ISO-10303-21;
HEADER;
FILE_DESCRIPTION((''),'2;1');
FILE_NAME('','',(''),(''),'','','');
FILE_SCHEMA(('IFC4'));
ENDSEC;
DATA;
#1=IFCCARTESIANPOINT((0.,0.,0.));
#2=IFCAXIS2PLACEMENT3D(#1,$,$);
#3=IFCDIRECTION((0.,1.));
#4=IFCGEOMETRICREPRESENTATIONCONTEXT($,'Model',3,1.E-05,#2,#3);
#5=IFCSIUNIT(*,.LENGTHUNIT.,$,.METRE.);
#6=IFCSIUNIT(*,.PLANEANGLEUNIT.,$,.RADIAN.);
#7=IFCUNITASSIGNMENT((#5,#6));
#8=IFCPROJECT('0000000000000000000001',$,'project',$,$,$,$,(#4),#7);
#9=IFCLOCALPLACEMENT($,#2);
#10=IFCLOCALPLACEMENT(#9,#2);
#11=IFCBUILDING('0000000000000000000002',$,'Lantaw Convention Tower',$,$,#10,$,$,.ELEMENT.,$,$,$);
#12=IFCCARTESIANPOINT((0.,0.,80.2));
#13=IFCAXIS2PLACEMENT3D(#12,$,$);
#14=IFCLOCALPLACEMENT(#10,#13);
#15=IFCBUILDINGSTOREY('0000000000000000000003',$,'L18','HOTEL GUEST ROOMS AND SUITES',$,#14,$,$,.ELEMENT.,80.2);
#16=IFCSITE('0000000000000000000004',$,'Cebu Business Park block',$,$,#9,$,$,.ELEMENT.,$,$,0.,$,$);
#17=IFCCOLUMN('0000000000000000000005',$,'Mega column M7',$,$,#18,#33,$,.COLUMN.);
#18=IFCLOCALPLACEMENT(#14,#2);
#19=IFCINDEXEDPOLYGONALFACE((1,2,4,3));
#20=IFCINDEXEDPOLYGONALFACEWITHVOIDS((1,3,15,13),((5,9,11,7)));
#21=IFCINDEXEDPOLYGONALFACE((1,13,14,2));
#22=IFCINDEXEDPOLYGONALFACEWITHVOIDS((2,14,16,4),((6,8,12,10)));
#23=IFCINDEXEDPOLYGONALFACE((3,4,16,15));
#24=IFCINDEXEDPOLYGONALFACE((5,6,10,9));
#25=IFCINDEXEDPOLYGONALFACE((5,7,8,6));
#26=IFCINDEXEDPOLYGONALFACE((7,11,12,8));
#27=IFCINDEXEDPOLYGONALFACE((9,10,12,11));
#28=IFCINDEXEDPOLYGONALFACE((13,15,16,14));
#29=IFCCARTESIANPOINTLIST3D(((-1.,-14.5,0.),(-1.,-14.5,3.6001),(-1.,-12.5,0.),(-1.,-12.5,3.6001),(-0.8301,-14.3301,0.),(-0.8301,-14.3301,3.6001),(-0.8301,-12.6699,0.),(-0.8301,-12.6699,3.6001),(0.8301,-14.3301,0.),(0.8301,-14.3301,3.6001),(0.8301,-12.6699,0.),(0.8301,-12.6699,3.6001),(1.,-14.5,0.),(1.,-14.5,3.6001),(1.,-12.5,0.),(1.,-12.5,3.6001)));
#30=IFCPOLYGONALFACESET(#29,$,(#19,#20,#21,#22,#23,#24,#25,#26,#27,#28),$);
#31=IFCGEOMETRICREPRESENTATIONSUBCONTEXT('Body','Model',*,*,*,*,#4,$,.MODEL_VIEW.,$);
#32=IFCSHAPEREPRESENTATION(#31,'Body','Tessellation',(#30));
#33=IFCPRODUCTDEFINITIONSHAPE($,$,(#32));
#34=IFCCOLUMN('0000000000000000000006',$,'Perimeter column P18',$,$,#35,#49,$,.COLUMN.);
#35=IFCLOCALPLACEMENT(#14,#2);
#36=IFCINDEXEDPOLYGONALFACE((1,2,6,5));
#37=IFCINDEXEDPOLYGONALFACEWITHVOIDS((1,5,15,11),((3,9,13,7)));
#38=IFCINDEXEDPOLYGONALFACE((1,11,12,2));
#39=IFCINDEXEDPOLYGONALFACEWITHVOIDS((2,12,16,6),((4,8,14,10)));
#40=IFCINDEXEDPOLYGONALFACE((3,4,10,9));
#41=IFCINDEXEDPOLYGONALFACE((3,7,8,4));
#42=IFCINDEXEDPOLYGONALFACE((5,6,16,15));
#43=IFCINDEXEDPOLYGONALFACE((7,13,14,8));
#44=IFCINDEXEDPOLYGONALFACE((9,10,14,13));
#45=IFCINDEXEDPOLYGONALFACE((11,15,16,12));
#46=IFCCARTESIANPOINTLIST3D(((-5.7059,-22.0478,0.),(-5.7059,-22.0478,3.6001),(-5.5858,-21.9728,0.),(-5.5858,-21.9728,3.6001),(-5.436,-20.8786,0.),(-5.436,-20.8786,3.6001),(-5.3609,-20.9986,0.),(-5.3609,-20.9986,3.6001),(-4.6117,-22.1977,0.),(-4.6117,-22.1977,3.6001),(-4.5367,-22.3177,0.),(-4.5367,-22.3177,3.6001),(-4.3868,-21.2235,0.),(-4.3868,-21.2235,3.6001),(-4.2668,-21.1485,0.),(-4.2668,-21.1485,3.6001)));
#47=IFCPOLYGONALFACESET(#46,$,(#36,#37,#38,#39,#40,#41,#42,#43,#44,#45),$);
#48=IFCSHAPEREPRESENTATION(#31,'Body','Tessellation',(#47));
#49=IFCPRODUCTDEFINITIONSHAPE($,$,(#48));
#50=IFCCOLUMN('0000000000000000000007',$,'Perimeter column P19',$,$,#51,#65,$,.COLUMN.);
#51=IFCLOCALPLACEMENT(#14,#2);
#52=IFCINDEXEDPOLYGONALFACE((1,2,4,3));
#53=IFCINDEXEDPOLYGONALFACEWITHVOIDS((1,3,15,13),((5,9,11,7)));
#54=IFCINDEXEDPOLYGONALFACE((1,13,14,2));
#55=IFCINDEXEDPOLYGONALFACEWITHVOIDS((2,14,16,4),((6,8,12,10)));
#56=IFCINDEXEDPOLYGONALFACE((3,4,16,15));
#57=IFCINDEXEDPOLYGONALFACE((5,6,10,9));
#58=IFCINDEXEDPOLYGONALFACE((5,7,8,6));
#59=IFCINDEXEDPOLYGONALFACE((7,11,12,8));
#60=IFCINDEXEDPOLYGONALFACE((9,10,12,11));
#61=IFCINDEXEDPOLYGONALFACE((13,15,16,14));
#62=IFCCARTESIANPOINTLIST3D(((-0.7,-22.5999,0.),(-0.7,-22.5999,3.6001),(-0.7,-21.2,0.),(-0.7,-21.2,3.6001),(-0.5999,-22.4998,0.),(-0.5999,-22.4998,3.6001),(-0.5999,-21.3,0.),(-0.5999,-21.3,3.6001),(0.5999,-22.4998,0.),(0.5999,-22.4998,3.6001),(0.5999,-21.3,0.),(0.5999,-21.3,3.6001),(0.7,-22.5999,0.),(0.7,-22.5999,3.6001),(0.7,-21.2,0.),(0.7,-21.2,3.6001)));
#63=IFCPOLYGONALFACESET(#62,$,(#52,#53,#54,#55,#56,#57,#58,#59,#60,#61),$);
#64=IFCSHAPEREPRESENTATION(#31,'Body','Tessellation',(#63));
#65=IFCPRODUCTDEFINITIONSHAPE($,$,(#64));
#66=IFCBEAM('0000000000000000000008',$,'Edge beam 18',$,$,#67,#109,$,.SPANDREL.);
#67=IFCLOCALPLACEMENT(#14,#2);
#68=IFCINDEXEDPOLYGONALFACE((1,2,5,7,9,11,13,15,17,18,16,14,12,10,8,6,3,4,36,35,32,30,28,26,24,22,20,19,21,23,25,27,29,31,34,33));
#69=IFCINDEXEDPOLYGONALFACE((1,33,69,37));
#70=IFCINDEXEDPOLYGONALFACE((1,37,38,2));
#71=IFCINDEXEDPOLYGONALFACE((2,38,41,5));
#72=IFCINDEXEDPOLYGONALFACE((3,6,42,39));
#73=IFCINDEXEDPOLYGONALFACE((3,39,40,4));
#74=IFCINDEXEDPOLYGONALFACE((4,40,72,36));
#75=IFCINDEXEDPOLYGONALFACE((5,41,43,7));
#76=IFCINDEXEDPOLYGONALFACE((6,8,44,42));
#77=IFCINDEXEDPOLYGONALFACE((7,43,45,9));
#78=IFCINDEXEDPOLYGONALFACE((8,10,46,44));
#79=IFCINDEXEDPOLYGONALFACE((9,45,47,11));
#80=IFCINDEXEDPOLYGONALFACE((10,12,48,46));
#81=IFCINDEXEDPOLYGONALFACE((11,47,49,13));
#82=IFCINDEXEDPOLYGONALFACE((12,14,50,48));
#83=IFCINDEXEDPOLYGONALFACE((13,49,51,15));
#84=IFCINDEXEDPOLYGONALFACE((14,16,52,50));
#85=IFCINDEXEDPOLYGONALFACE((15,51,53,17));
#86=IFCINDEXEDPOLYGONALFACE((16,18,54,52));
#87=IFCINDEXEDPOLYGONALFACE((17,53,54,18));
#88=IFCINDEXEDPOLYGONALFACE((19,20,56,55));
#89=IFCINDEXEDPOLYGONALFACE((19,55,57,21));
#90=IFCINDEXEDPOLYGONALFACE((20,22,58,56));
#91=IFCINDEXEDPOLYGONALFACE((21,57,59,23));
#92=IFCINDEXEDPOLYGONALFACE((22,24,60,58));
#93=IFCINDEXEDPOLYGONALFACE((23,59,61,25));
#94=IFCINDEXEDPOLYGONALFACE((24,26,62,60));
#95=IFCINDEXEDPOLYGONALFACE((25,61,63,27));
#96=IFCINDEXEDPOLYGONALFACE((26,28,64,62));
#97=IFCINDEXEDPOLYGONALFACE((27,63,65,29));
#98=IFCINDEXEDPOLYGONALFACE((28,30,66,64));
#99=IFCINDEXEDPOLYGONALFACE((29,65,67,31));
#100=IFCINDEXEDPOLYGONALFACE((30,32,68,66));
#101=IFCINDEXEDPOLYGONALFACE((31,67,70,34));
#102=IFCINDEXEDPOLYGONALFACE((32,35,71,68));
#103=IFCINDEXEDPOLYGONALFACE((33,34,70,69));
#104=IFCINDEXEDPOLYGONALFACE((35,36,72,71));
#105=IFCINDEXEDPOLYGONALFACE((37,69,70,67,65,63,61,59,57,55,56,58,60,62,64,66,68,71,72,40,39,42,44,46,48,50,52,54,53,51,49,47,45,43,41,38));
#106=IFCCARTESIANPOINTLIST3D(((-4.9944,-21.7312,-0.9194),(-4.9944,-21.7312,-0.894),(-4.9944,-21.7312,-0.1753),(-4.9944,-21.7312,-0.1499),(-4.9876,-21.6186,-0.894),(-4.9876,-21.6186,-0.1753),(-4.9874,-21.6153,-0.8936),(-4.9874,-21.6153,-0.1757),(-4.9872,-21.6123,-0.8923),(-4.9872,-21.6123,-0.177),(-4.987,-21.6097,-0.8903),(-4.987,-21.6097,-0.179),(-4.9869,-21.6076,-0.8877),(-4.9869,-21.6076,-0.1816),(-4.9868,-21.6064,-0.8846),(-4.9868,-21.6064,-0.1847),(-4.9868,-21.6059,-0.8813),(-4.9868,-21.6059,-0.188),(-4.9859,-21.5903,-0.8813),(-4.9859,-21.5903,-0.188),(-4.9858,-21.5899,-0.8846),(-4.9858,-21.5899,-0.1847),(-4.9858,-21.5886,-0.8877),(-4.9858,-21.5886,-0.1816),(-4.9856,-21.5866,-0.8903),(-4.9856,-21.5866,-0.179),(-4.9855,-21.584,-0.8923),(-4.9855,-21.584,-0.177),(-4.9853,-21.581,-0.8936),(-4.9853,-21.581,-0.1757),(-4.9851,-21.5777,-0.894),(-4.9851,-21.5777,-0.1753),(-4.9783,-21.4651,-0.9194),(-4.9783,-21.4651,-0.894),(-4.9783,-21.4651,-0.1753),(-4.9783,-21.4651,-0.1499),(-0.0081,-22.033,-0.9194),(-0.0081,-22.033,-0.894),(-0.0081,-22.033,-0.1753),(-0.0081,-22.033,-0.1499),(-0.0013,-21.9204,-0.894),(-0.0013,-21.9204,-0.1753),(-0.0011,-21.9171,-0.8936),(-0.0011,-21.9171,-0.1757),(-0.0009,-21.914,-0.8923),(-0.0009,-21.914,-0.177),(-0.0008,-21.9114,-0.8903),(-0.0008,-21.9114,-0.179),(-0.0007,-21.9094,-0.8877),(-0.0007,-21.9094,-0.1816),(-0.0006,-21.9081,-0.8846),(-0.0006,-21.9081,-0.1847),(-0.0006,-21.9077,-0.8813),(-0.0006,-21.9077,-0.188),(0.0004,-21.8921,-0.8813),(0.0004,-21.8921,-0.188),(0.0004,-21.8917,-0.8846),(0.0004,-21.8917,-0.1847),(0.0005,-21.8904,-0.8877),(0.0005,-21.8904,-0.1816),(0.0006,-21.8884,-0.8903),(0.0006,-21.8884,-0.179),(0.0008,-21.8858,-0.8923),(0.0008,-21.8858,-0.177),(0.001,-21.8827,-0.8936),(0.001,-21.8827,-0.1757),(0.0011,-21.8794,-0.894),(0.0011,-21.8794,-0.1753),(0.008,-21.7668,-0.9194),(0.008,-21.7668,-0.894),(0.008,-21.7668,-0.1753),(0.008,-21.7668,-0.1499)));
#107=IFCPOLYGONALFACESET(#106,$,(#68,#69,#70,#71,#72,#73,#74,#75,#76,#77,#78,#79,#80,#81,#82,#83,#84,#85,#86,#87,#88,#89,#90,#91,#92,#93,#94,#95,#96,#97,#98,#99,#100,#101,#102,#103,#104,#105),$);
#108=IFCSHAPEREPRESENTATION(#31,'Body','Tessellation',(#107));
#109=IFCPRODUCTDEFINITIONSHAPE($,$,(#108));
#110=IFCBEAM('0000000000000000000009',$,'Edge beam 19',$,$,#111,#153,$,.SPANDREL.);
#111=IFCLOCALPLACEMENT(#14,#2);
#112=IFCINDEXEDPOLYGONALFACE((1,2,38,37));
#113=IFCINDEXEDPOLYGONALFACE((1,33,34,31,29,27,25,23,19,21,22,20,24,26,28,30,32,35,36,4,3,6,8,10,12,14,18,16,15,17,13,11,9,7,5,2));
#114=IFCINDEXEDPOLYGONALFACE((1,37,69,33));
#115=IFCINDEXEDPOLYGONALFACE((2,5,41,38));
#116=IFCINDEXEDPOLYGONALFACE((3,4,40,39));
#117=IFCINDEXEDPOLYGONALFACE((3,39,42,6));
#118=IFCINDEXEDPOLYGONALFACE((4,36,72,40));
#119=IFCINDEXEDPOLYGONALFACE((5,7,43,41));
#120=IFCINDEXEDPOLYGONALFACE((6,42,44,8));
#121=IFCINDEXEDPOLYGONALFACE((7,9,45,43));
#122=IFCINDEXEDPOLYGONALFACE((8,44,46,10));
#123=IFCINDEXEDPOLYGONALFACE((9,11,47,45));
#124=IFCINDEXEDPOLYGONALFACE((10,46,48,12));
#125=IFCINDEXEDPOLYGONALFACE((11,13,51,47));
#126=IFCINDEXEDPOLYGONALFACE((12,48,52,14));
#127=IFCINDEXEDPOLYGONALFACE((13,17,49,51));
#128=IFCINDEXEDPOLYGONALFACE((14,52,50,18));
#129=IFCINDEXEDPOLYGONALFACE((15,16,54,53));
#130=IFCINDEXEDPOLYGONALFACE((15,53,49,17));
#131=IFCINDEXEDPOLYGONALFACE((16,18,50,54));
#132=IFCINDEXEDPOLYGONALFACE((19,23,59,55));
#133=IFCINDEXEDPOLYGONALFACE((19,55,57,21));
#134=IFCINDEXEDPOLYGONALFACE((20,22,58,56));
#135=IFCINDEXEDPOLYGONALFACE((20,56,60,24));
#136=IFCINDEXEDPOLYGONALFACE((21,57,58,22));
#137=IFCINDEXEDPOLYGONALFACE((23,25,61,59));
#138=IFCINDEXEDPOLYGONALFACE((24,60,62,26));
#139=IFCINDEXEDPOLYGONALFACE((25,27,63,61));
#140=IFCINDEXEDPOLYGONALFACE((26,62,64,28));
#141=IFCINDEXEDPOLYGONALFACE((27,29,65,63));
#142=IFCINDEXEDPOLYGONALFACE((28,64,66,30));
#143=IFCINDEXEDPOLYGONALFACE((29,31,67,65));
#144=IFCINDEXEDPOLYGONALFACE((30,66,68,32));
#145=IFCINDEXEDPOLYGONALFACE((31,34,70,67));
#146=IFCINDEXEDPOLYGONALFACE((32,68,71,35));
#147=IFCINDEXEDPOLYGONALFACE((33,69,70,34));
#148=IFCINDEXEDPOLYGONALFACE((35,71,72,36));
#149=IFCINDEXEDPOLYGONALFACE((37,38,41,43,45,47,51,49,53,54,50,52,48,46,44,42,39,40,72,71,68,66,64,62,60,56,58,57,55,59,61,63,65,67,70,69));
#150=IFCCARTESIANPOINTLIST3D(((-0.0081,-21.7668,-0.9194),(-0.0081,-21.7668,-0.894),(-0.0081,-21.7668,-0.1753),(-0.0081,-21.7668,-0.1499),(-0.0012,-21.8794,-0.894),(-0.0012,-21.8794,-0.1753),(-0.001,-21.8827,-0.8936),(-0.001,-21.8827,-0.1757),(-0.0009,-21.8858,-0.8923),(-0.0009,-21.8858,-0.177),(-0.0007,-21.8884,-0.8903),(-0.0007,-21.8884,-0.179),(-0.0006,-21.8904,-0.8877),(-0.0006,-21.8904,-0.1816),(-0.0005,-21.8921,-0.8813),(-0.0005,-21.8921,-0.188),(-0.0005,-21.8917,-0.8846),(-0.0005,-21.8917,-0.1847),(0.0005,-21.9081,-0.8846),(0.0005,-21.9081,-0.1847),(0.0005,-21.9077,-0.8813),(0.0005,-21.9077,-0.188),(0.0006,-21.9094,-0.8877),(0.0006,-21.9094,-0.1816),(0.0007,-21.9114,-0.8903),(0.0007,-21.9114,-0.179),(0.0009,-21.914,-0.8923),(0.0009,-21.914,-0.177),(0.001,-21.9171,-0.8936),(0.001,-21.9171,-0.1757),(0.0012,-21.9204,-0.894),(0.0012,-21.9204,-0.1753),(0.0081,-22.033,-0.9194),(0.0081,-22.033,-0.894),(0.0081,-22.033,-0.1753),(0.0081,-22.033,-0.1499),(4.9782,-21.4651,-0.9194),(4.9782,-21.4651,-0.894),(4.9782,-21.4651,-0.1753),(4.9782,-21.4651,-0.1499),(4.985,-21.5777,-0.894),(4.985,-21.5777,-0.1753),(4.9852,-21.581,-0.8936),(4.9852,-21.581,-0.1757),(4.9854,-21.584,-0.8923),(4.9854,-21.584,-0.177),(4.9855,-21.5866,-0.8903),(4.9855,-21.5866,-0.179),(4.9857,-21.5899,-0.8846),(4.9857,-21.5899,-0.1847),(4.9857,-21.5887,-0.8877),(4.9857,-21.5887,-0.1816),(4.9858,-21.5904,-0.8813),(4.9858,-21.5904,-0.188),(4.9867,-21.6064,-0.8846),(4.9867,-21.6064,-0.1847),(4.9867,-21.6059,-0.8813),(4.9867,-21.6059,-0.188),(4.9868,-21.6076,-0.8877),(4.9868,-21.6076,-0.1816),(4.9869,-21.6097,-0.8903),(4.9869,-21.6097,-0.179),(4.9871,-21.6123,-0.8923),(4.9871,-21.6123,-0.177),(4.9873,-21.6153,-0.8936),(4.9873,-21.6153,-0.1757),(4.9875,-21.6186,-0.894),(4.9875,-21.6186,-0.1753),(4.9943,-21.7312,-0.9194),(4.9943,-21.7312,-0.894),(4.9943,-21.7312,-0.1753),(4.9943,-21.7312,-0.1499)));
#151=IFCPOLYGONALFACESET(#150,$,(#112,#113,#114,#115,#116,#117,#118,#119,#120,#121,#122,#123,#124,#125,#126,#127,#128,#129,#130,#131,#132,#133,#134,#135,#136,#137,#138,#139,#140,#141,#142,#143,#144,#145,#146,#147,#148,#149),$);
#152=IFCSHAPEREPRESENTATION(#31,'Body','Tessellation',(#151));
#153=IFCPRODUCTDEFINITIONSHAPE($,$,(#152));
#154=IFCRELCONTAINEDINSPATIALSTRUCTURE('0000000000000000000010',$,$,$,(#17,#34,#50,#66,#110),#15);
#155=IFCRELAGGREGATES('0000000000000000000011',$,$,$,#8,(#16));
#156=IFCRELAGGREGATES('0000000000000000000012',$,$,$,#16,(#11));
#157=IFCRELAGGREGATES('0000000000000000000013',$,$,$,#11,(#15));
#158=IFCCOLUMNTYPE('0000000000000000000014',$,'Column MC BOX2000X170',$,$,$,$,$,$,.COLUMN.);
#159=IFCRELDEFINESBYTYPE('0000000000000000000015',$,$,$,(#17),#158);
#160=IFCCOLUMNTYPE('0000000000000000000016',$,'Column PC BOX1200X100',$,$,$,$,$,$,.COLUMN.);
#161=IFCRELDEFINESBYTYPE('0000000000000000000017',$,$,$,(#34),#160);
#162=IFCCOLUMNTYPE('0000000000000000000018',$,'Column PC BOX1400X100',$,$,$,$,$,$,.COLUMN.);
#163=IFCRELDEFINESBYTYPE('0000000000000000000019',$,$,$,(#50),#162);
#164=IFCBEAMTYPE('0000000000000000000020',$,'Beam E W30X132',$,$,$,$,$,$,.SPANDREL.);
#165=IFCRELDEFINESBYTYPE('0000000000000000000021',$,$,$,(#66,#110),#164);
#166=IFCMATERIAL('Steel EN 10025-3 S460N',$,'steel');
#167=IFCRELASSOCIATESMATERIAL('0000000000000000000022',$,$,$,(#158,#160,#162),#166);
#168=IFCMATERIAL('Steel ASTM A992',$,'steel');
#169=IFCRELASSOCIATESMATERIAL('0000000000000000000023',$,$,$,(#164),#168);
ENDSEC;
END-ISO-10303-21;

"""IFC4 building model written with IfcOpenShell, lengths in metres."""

from ifc_helpers import new_model, si_unit, direction, frame, origin, origin_2d, place, context, subcontext, project, spatial, rectangle, hollow_rectangle, i_section, extrude, material, material_profile, profile_set, type_object, element, save


model = new_model("IFC4")

# Units and contexts
model_context = context("Model", 3, precision=1e-05, world=origin(), true_north=direction((0.0, 1.0)))
body_context = subcontext(model_context, "Body", "Model", "MODEL_VIEW")
ifc_project = project(units=[si_unit("LENGTHUNIT", "METRE"), si_unit("PLANEANGLEUNIT", "RADIAN")], contexts=[model_context])

# Site, building, storey
site_placement = place(None, origin())
site = spatial("IfcSite", under=ifc_project, at=site_placement, Name="Cebu Business Park block", CompositionType="ELEMENT", RefElevation=0.0)
building_placement = place(site_placement, origin())
building = spatial("IfcBuilding", under=site, at=building_placement, Name="Lantaw Convention Tower", CompositionType="ELEMENT")
storey_placement = place(building_placement, frame((0.0, 0.0, 80.2)))
storey = spatial("IfcBuildingStorey", under=building, at=storey_placement, Name="L18", Description="HOTEL GUEST ROOMS AND SUITES", CompositionType="ELEMENT", Elevation=80.2)

# Columns
ifc_material_1 = material(Name="Steel EN 10025-3 S460N", Category="steel")
ifc_material_profile_1 = material_profile(ifc_material_1, hollow_rectangle(XDim=2.0, YDim=2.0, WallThickness=0.1699, at=origin_2d()), Name="BOX2000X170")
ifc_material_2 = material(Name="Concrete C60/75", Category="concrete")
ifc_material_profile_2 = material_profile(ifc_material_2, rectangle(XDim=1.6599, YDim=1.6599, at=origin_2d()), Name="Concrete fill of BOX2000X170")
ifc_profile_set_1 = profile_set([ifc_material_profile_1, ifc_material_profile_2], Name="Steel EN 10025-3 S460N")
column_type_1 = type_object("IfcColumnType", Name="Column MC BOX2000X170", PredefinedType="COLUMN", material=ifc_profile_set_1)
column_1_placement = place(storey_placement, frame((0.0, -13.5, 0.0), z_axis=(0.0, 0.0, 1.0), x_axis=(1.0, 0.0, 0.0)))
element("IfcColumn", 1, at=column_1_placement, inside=storey, type_object=column_type_1, Name="Mega column M7", PredefinedType="COLUMN", context=body_context, shape_type="SweptSolid", body=[
    extrude(hollow_rectangle(XDim=2.0, YDim=2.0, WallThickness=0.1699, at=origin_2d()), origin(), (0.0, 0.0, 1.0), 3.6001),
])
ifc_material_profile_3 = material_profile(ifc_material_1, hollow_rectangle(XDim=1.2, YDim=1.2, WallThickness=0.1001, at=origin_2d()), Name="BOX1200X100")
ifc_material_profile_4 = material_profile(ifc_material_2, rectangle(XDim=1.0, YDim=1.0, at=origin_2d()), Name="Concrete fill of BOX1200X100")
ifc_profile_set_2 = profile_set([ifc_material_profile_3, ifc_material_profile_4], Name="Steel EN 10025-3 S460N")
column_type_2 = type_object("IfcColumnType", Name="Column PC BOX1200X100", PredefinedType="COLUMN", material=ifc_profile_set_2)
column_2_placement = place(storey_placement, frame((-4.9863, -21.5981, 0.0), z_axis=(0.0, 0.0, 1.0), x_axis=(0.224951, 0.97437, 0.0)))
element("IfcColumn", 2, at=column_2_placement, inside=storey, type_object=column_type_2, Name="Perimeter column P18", PredefinedType="COLUMN", context=body_context, shape_type="SweptSolid", body=[
    extrude(hollow_rectangle(XDim=1.2, YDim=1.2, WallThickness=0.1001, at=origin_2d()), origin(), (0.0, 0.0, 1.0), 3.6001),
])
ifc_material_profile_5 = material_profile(ifc_material_1, hollow_rectangle(XDim=1.3999, YDim=1.3999, WallThickness=0.1001, at=origin_2d()), Name="BOX1400X100")
ifc_material_profile_6 = material_profile(ifc_material_2, rectangle(XDim=1.2, YDim=1.2, at=origin_2d()), Name="Concrete fill of BOX1400X100")
ifc_profile_set_3 = profile_set([ifc_material_profile_5, ifc_material_profile_6], Name="Steel EN 10025-3 S460N")
column_type_3 = type_object("IfcColumnType", Name="Column PC BOX1400X100", PredefinedType="COLUMN", material=ifc_profile_set_3)
column_3_placement = place(storey_placement, frame((0.0, -21.8999, 0.0), z_axis=(0.0, 0.0, 1.0), x_axis=(1.0, 0.0, 0.0)))
element("IfcColumn", 3, at=column_3_placement, inside=storey, type_object=column_type_3, Name="Perimeter column P19", PredefinedType="COLUMN", context=body_context, shape_type="SweptSolid", body=[
    extrude(hollow_rectangle(XDim=1.3999, YDim=1.3999, WallThickness=0.1001, at=origin_2d()), origin(), (0.0, 0.0, 1.0), 3.6001),
])

# Beams
ifc_material_3 = material(Name="Steel ASTM A992", Category="steel")
ifc_material_profile_7 = material_profile(ifc_material_3, i_section(OverallWidth=0.2666, OverallDepth=0.7695, WebThickness=0.0156, FlangeThickness=0.0254, FilletRadius=0.0127, at=origin_2d()), Name="W30X132")
ifc_profile_set_4 = profile_set([ifc_material_profile_7], Name="Steel ASTM A992")
beam_type_1 = type_object("IfcBeamType", Name="Beam E W30X132", PredefinedType="SPANDREL", material=ifc_profile_set_4)
for number, where, z_axis, x_axis, name in (
    (4, (-4.9863, -21.5981, -0.5347), (0.998174, -0.060407, 0.0), (0.060407, 0.998174, 0.0), "Edge beam 18"),
    (5, (0.0, -21.8999, -0.5347), (0.998174, 0.060407, 0.0), (-0.060407, 0.998174, 0.0), "Edge beam 19"),
):
    element("IfcBeam", number, at=place(storey_placement, frame(where, z_axis=z_axis, x_axis=x_axis)), inside=storey, type_object=beam_type_1, Name=name, PredefinedType="SPANDREL", context=body_context, shape_type="SweptSolid", body=[
        extrude(i_section(OverallWidth=0.2666, OverallDepth=0.7695, WebThickness=0.0156, FlangeThickness=0.0254, FilletRadius=0.0127, at=origin_2d()), origin(), (0.0, 0.0, 1.0), 4.9954),
    ])

save(model, "model.ifc")
